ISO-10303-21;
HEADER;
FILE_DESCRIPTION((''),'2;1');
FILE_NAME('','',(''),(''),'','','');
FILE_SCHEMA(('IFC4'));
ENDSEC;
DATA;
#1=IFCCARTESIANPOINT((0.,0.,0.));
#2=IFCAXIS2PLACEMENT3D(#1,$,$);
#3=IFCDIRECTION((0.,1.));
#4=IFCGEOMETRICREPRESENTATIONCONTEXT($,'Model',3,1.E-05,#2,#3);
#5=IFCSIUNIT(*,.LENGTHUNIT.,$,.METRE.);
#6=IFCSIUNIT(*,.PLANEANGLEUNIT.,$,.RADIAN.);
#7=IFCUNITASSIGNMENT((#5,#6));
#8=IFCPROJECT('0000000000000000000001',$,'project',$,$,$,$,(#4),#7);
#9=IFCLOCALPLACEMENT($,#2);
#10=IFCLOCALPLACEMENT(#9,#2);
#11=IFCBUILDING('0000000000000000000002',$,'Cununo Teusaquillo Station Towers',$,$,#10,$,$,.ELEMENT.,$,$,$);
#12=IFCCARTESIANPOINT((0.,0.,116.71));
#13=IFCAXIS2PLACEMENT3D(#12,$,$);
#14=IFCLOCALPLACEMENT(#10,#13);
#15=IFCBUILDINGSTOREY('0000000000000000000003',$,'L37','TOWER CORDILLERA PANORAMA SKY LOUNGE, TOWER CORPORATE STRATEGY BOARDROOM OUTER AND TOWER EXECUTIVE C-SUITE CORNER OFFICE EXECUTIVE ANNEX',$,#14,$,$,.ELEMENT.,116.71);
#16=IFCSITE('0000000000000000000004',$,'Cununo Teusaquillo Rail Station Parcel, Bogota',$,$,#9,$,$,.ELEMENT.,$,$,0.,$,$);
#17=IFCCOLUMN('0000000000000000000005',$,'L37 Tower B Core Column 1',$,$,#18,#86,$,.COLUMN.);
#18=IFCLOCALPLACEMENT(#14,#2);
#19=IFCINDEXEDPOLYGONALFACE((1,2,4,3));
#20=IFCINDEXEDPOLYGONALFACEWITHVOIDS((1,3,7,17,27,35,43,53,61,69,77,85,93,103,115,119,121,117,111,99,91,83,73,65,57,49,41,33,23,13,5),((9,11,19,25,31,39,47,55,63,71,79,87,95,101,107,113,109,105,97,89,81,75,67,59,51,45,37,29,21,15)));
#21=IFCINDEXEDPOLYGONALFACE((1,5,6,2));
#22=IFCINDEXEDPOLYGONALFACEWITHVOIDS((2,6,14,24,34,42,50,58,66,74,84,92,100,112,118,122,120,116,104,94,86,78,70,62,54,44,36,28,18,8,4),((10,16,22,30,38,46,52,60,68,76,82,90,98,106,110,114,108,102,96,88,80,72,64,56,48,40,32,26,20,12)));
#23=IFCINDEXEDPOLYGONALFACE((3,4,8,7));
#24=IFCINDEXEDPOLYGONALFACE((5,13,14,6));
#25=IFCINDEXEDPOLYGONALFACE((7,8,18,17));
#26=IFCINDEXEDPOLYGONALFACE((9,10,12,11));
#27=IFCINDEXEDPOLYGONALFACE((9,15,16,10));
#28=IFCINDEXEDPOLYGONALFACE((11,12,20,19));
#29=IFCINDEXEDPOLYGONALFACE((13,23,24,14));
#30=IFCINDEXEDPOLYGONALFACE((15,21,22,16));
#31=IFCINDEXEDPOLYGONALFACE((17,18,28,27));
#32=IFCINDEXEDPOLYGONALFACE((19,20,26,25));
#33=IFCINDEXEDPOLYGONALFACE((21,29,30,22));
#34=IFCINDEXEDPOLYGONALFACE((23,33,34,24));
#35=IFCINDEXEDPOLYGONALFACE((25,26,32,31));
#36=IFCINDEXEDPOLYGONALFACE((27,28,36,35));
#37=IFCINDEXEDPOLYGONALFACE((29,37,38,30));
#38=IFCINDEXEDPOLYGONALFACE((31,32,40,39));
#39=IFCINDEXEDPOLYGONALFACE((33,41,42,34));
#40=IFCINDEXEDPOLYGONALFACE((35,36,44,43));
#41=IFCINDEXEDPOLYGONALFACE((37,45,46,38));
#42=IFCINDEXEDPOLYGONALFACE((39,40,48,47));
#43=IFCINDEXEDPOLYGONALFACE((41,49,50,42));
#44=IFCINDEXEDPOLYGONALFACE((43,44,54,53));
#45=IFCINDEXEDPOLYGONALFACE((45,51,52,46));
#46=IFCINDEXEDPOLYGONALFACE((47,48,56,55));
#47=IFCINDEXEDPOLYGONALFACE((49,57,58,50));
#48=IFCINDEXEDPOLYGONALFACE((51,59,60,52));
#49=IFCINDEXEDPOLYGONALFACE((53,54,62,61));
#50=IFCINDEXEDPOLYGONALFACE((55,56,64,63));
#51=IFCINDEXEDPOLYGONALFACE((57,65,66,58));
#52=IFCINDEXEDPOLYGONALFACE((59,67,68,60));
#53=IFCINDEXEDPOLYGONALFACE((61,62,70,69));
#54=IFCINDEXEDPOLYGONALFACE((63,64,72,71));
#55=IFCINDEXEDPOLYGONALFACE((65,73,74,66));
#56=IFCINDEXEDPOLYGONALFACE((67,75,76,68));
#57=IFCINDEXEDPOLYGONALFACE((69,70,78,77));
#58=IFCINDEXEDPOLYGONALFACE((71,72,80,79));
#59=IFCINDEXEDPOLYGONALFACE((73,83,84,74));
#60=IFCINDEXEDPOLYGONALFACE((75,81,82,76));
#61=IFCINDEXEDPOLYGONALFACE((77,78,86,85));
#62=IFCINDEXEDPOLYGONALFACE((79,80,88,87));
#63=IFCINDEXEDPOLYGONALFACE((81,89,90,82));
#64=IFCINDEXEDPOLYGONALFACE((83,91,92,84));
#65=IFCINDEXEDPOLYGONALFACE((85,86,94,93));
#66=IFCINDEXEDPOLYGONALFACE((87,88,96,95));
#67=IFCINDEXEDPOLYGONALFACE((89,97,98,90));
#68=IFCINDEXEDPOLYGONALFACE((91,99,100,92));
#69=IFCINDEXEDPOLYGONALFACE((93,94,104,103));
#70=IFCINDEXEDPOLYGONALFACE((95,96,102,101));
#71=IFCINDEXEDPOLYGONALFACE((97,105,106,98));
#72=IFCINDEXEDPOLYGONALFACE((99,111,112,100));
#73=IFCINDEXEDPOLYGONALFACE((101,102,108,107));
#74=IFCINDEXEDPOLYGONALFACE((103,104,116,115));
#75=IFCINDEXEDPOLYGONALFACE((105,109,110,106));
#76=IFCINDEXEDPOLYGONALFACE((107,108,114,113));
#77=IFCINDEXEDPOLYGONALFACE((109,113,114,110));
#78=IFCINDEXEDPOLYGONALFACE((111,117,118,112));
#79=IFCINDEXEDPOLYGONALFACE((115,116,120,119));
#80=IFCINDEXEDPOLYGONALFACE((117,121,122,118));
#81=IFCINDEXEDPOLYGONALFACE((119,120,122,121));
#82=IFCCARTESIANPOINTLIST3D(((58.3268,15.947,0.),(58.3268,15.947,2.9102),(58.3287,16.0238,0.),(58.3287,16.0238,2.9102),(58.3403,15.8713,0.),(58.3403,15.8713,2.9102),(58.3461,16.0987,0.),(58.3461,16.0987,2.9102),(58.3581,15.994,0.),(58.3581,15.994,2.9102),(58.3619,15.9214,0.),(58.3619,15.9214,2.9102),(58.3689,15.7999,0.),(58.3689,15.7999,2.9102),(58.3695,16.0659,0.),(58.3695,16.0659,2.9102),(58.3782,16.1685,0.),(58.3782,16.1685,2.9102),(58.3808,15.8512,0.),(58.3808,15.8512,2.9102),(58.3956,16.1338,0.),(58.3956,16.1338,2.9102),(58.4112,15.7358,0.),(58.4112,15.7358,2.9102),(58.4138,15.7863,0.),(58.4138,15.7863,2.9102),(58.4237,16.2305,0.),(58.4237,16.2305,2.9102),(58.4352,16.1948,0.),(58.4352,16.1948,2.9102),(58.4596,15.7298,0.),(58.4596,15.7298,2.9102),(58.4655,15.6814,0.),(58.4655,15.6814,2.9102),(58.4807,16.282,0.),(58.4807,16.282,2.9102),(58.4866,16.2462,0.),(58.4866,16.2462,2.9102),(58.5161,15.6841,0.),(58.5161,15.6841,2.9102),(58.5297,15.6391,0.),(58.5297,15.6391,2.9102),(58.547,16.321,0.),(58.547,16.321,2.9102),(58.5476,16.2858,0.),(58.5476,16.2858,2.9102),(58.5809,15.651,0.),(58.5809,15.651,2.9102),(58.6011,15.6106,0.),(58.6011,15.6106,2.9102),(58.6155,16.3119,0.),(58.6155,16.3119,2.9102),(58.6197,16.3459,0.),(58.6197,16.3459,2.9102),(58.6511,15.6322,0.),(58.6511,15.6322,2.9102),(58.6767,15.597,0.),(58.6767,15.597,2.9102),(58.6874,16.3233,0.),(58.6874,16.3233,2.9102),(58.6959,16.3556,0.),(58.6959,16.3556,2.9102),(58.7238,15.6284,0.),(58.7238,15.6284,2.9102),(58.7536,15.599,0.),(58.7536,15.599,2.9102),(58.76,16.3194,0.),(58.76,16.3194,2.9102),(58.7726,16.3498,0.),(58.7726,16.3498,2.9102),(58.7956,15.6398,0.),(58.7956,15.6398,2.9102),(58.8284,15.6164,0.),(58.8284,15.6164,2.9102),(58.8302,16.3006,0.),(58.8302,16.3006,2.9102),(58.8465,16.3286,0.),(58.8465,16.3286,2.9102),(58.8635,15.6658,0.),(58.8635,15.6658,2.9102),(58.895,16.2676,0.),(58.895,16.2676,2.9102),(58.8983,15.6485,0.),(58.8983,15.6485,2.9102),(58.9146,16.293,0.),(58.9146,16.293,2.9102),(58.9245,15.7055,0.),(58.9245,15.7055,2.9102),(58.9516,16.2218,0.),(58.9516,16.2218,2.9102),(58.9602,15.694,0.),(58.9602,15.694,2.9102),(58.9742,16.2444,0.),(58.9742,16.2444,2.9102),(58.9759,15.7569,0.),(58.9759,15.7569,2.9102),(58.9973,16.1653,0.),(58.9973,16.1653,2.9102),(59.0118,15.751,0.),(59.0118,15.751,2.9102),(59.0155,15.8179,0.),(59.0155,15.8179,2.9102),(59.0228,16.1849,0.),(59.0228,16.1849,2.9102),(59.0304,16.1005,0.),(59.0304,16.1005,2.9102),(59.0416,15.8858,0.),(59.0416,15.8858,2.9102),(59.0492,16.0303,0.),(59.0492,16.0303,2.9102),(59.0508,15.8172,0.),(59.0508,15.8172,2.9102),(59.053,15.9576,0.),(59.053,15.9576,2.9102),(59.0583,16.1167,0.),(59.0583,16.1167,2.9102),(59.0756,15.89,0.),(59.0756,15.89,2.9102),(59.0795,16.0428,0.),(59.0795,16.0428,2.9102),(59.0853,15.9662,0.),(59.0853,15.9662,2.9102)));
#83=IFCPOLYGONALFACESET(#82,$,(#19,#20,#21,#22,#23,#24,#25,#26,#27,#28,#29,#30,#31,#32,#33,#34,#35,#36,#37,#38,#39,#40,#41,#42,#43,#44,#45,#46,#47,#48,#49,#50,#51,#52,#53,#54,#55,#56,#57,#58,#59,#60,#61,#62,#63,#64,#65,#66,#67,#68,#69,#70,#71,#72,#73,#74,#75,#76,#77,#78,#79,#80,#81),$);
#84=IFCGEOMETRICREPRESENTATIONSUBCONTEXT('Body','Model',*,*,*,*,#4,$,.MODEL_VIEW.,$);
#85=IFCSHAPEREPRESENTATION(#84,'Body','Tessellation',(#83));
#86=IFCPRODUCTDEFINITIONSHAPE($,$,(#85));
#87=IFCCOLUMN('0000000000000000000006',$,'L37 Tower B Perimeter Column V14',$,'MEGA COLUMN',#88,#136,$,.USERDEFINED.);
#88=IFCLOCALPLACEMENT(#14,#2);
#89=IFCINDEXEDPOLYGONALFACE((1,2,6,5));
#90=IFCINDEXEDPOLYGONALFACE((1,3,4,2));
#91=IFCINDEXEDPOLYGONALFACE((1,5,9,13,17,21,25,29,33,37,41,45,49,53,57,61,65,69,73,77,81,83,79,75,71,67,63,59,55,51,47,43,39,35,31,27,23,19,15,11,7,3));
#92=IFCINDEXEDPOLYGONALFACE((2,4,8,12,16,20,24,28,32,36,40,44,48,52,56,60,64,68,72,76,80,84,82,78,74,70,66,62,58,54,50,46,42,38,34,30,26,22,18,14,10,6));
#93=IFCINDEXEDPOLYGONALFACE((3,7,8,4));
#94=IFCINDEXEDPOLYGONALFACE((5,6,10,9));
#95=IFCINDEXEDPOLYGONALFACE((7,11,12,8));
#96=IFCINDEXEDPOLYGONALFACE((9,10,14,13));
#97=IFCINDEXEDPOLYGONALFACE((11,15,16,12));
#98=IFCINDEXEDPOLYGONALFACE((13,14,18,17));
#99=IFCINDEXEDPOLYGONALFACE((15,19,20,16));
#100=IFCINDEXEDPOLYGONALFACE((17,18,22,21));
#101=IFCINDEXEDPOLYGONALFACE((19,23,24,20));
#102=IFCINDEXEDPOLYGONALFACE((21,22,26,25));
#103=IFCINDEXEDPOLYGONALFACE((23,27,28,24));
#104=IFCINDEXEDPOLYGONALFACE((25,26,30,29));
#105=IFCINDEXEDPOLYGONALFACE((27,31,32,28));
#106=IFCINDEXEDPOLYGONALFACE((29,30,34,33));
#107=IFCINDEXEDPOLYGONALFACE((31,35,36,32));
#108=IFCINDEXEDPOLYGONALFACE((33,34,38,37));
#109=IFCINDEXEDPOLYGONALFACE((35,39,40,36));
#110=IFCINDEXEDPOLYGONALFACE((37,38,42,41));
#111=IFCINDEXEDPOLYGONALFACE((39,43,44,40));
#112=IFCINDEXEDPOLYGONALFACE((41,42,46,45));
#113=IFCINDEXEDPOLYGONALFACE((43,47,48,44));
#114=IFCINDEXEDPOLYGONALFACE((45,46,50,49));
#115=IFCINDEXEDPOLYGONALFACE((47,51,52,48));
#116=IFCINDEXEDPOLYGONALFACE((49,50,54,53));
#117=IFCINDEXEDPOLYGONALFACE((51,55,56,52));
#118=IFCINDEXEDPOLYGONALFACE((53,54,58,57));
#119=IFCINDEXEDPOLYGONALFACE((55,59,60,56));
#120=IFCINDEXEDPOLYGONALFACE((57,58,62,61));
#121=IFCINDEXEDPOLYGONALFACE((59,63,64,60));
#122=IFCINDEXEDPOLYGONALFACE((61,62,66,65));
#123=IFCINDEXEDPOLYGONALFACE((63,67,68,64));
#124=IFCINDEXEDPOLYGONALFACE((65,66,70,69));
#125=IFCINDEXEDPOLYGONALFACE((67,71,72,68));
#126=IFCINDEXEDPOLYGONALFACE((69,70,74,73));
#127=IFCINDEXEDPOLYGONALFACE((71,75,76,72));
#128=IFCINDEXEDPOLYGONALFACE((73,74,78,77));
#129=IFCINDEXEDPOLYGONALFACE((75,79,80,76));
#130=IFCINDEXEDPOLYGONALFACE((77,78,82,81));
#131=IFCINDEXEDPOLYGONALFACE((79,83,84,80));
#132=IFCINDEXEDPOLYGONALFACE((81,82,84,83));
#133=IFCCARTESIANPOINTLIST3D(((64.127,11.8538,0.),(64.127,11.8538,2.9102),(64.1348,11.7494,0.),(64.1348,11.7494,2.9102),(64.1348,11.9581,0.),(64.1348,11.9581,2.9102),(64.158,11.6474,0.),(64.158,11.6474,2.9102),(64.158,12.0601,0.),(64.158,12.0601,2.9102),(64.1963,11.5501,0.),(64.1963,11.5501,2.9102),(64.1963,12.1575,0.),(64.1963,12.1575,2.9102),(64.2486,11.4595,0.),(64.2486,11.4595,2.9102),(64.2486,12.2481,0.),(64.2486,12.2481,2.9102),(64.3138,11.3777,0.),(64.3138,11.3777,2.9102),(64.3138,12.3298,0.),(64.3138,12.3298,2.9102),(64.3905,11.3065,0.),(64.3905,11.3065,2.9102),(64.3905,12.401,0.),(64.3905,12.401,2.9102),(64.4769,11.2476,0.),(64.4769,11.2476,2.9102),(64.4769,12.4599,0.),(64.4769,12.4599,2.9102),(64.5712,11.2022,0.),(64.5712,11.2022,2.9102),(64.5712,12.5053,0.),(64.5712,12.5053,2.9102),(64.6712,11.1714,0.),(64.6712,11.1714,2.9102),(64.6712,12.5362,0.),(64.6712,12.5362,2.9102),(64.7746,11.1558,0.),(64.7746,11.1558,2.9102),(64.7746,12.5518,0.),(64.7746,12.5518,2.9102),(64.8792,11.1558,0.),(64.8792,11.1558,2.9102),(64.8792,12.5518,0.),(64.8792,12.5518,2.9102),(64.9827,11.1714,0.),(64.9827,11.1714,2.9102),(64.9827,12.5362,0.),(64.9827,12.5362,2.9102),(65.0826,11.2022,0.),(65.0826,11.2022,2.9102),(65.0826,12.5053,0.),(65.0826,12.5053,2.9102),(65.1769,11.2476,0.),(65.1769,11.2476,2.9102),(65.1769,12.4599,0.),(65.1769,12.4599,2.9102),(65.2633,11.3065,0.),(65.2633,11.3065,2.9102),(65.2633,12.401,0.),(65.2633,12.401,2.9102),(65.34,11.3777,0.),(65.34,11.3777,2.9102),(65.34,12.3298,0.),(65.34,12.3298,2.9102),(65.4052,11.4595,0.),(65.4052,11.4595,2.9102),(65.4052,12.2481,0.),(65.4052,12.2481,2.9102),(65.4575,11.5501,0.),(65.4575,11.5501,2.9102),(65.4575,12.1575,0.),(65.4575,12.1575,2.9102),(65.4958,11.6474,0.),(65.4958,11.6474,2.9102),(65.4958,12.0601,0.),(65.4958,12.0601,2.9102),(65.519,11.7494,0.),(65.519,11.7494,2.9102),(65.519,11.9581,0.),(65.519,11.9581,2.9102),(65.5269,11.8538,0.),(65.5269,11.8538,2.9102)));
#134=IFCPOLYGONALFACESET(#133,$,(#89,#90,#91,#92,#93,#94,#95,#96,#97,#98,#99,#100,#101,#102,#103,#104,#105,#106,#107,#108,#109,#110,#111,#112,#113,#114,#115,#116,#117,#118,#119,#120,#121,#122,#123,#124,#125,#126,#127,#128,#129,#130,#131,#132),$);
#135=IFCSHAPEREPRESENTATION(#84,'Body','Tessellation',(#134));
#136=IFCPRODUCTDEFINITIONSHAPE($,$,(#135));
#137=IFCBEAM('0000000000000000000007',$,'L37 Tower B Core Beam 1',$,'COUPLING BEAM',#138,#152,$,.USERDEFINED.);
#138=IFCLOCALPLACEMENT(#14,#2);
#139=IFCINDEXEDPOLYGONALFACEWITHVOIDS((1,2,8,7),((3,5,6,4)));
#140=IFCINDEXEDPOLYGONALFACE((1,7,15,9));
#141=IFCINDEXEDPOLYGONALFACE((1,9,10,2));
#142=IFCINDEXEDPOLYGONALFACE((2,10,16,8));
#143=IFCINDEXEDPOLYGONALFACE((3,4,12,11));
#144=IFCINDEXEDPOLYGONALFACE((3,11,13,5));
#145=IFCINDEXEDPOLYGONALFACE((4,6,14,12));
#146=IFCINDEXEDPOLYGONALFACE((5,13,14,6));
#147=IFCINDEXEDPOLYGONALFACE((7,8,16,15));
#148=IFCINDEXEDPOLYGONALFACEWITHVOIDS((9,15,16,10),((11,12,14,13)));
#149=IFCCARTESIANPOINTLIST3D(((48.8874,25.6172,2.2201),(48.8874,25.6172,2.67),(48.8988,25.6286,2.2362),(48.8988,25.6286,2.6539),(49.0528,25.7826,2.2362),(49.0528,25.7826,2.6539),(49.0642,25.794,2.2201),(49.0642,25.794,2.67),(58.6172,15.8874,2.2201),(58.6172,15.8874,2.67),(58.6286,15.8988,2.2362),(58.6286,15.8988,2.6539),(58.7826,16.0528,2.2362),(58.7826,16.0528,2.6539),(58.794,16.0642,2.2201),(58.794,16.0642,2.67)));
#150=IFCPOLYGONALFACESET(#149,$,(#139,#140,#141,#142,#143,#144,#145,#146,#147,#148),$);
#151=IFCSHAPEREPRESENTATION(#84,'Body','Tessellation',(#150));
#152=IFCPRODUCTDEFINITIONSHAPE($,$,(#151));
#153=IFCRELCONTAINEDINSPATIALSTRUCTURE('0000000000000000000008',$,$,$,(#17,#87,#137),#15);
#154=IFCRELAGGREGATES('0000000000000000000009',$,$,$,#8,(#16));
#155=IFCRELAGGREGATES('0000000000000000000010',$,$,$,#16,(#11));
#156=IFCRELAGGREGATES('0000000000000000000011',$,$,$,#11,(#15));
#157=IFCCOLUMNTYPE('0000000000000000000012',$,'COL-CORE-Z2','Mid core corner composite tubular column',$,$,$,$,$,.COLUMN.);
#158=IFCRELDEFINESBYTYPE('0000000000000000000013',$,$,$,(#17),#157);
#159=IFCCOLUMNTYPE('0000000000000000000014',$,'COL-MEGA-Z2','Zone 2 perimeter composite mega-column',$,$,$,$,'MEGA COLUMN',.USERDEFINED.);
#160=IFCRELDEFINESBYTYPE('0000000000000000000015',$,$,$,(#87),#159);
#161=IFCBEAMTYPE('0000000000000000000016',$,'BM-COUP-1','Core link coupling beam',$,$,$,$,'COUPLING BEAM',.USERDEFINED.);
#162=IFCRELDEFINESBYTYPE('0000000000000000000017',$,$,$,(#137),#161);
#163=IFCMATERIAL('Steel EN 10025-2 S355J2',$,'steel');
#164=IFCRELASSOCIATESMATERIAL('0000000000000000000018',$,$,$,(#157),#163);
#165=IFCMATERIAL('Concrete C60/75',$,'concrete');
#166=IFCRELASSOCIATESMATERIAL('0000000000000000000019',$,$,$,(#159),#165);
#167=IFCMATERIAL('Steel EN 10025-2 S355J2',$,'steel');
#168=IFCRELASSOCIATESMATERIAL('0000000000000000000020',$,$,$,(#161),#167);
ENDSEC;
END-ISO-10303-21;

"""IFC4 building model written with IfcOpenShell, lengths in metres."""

from ifc_helpers import new_model, si_unit, direction, frame, origin, origin_2d, place, context, subcontext, project, spatial, hollow_rectangle, circle, hollow_circle, extrude, material, material_profile, profile_set, type_object, element, save


model = new_model("IFC4")

# Units and contexts
model_context = context("Model", 3, precision=1e-05, world=origin(), true_north=direction((0.0, 1.0)))
body_context = subcontext(model_context, "Body", "Model", "MODEL_VIEW")
ifc_project = project(units=[si_unit("LENGTHUNIT", "METRE"), si_unit("PLANEANGLEUNIT", "RADIAN")], contexts=[model_context])

# Site, building, storey
site_placement = place(None, origin())
site = spatial("IfcSite", under=ifc_project, at=site_placement, Name="Cununo Teusaquillo Rail Station Parcel, Bogota", CompositionType="ELEMENT", RefElevation=0.0)
building_placement = place(site_placement, origin())
building = spatial("IfcBuilding", under=site, at=building_placement, Name="Cununo Teusaquillo Station Towers", CompositionType="ELEMENT")
storey_placement = place(building_placement, frame((0.0, 0.0, 116.71)))
storey = spatial("IfcBuildingStorey", under=building, at=storey_placement, Name="L37", Description="TOWER CORDILLERA PANORAMA SKY LOUNGE, TOWER CORPORATE STRATEGY BOARDROOM OUTER AND TOWER EXECUTIVE C-SUITE CORNER OFFICE EXECUTIVE ANNEX", CompositionType="ELEMENT", Elevation=116.71)

# Columns
ifc_material_1 = material(Name="Steel EN 10025-2 S355J2", Category="steel")
ifc_material_profile_1 = material_profile(ifc_material_1, hollow_circle(Radius=0.3799, WallThickness=0.032, at=origin_2d()), Name="CHS 760x32")
ifc_profile_set_1 = profile_set([ifc_material_profile_1], Name="Steel EN 10025-2 S355J2")
column_type_1 = type_object("IfcColumnType", Name="COL-CORE-Z2", Description="Mid core corner composite tubular column", PredefinedType="COLUMN", material=ifc_profile_set_1)
column_1_placement = place(storey_placement, frame((58.7056, 15.9758, 0.0), z_axis=(0.0, 0.0, 1.0), x_axis=(0.707107, 0.707107, 0.0)))
element("IfcColumn", 1, at=column_1_placement, inside=storey, type_object=column_type_1, Name="L37 Tower B Core Column 1", PredefinedType="COLUMN", context=body_context, shape_type="SweptSolid", body=[
    extrude(hollow_circle(Radius=0.3799, WallThickness=0.032, at=origin_2d()), origin(), (0.0, 0.0, 1.0), 2.9102),
])
ifc_material_2 = material(Name="Concrete C60/75", Category="concrete")
ifc_material_profile_2 = material_profile(ifc_material_2, circle(Radius=0.7, at=origin_2d()), Name="RC-CIRC-1400")
ifc_profile_set_2 = profile_set([ifc_material_profile_2], Name="Concrete C60/75")
column_type_2 = type_object("IfcColumnType", Name="COL-MEGA-Z2", Description="Zone 2 perimeter composite mega-column", ElementType="MEGA COLUMN", PredefinedType="USERDEFINED", material=ifc_profile_set_2)
column_2_placement = place(storey_placement, frame((64.8269, 11.8538, 0.0), z_axis=(0.0, 0.0, 1.0), x_axis=(1.0, 0.0, 0.0)))
element("IfcColumn", 2, at=column_2_placement, inside=storey, type_object=column_type_2, Name="L37 Tower B Perimeter Column V14", ObjectType="MEGA COLUMN", PredefinedType="USERDEFINED", context=body_context, shape_type="SweptSolid", body=[
    extrude(circle(Radius=0.7, at=origin_2d()), origin(), (0.0, 0.0, 1.0), 2.9102),
])

# Beam
ifc_material_3 = material(Name="Steel EN 10025-2 S355J2", Category="steel")
ifc_material_profile_3 = material_profile(ifc_material_3, hollow_rectangle(XDim=0.25, YDim=0.45, WallThickness=0.0161, at=origin_2d()), Name="RHS 450x250x16")
ifc_profile_set_3 = profile_set([ifc_material_profile_3], Name="Steel EN 10025-2 S355J2")
beam_type_1 = type_object("IfcBeamType", Name="BM-COUP-1", Description="Core link coupling beam", ElementType="COUPLING BEAM", PredefinedType="USERDEFINED", material=ifc_profile_set_3)
beam_1_placement = place(storey_placement, frame((58.7056, 15.9758, 2.4451), z_axis=(-0.707107, 0.707107, 0.0), x_axis=(-0.707107, -0.707107, 0.0)))
element("IfcBeam", 3, at=beam_1_placement, inside=storey, type_object=beam_type_1, Name="L37 Tower B Core Beam 1", ObjectType="COUPLING BEAM", PredefinedType="USERDEFINED", context=body_context, shape_type="SweptSolid", body=[
    extrude(hollow_rectangle(XDim=0.25, YDim=0.45, WallThickness=0.0161, at=origin_2d()), origin(), (0.0, 0.0, 1.0), 13.76),
])

save(model, "model.ifc")
